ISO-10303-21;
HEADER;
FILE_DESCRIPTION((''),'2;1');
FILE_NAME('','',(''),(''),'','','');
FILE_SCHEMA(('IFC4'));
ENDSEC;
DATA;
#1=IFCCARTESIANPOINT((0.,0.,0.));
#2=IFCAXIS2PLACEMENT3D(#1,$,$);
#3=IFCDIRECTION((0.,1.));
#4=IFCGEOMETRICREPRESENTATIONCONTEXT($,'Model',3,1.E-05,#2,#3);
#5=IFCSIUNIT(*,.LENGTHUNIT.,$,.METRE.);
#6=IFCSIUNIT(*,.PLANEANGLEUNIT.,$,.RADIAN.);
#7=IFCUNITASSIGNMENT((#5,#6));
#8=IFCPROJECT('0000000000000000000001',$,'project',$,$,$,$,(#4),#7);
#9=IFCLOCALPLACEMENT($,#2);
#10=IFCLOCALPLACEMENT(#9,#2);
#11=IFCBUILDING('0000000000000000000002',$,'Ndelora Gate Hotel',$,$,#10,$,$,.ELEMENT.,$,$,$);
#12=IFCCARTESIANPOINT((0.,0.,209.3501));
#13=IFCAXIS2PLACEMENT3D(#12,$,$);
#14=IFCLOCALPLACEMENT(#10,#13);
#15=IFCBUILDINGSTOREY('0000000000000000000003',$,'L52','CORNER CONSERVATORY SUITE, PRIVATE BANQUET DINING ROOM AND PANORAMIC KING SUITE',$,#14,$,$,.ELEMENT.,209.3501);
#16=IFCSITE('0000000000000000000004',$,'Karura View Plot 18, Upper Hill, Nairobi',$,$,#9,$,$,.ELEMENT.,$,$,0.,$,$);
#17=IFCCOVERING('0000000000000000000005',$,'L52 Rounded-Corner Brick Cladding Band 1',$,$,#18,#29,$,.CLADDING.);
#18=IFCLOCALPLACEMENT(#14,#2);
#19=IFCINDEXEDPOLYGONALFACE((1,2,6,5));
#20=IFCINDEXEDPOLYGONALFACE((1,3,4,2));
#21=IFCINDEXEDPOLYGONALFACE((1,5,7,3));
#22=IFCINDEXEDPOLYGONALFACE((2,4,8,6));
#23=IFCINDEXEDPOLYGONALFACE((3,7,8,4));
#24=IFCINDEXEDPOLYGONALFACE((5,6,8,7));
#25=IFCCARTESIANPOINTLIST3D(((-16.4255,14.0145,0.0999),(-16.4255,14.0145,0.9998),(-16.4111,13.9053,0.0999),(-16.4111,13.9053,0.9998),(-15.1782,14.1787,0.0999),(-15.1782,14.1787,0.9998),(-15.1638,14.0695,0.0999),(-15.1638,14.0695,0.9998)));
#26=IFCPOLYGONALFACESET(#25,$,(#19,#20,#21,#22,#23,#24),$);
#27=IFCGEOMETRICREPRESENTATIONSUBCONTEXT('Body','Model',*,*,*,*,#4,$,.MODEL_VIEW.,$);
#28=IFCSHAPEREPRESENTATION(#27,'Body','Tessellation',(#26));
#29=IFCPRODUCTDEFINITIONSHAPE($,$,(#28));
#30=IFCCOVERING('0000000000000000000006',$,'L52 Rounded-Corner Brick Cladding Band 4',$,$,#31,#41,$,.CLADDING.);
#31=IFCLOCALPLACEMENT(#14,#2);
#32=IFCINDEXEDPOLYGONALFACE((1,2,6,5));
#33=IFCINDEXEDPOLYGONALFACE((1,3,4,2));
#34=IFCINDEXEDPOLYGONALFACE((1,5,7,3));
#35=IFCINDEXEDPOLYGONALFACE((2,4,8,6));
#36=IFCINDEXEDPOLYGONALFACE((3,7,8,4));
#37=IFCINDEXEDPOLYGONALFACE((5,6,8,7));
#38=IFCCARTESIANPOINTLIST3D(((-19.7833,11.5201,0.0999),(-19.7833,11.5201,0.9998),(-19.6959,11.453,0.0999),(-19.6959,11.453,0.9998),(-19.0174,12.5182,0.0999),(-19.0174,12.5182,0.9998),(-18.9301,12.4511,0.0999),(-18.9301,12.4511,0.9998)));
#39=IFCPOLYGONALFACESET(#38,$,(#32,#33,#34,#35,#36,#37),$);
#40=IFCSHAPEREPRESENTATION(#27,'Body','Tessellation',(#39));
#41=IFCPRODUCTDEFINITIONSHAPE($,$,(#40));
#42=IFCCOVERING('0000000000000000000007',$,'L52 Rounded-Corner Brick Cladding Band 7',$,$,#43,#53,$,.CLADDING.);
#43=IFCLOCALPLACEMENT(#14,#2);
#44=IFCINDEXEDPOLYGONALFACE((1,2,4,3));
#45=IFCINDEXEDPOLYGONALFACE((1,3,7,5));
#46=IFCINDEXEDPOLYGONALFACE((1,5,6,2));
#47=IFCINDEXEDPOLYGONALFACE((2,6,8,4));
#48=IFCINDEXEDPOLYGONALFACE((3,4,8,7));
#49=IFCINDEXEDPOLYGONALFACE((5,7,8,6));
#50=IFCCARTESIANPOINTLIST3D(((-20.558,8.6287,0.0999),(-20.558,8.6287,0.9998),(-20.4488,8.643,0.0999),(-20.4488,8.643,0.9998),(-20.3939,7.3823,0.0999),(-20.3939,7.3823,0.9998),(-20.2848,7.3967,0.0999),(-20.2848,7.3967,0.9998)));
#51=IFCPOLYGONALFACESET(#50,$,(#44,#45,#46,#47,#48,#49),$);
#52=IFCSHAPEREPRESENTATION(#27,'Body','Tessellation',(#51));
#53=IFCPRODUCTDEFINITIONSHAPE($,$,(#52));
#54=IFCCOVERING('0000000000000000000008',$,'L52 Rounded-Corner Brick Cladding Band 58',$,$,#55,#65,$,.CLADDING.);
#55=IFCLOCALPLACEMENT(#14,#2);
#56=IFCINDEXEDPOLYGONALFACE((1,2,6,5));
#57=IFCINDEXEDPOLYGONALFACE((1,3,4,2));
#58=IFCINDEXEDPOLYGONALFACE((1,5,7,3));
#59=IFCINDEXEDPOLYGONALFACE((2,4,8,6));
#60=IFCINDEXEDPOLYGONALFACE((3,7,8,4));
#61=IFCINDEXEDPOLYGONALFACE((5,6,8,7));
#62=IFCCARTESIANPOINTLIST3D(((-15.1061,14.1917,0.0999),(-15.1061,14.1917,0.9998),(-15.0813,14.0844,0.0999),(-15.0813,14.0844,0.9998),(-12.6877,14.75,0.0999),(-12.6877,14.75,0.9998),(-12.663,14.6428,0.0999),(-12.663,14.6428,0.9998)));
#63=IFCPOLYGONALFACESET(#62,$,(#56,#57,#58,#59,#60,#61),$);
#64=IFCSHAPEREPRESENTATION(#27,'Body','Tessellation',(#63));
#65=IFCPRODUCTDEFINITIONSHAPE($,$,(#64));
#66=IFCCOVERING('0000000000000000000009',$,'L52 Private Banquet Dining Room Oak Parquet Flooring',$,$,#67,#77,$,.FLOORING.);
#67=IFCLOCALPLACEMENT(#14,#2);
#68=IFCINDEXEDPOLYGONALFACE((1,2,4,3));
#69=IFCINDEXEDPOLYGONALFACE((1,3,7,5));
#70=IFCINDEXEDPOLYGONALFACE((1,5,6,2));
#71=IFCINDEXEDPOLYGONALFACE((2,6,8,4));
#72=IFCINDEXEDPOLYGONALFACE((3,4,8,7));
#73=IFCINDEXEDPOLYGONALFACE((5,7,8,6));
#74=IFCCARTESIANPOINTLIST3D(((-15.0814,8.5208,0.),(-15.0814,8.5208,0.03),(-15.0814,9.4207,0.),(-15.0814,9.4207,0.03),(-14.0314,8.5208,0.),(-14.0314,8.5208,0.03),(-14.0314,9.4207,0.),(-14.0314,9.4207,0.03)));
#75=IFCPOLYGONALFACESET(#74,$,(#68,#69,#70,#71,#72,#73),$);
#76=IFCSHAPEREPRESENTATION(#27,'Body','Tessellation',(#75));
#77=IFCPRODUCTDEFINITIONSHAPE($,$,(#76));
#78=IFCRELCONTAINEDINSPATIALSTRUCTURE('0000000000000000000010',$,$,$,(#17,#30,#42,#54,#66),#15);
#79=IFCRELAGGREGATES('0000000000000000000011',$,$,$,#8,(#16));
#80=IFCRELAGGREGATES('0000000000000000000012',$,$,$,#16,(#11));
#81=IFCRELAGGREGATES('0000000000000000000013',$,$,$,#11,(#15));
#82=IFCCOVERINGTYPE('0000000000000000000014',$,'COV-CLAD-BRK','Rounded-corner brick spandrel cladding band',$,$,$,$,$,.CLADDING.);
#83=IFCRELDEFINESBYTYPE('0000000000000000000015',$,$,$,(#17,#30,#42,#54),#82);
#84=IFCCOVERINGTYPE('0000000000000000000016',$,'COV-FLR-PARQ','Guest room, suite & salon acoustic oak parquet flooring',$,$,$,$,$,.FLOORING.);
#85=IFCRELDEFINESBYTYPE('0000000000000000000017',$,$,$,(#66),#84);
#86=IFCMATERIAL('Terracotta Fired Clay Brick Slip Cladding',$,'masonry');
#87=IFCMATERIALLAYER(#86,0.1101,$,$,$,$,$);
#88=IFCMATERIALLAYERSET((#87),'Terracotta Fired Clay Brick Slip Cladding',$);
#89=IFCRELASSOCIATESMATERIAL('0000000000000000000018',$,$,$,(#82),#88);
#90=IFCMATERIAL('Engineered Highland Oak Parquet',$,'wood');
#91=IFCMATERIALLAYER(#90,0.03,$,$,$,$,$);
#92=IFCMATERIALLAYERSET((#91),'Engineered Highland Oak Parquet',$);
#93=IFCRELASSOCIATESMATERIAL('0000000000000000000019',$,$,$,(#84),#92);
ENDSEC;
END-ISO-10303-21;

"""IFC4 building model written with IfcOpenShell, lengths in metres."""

from ifc_helpers import new_model, si_unit, direction, frame, origin, origin_2d, place, context, subcontext, project, spatial, rectangle, extrude, material, layer, layer_set, type_object, element, save


model = new_model("IFC4")

# Units and contexts
model_context = context("Model", 3, precision=1e-05, world=origin(), true_north=direction((0.0, 1.0)))
body_context = subcontext(model_context, "Body", "Model", "MODEL_VIEW")
ifc_project = project(units=[si_unit("LENGTHUNIT", "METRE"), si_unit("PLANEANGLEUNIT", "RADIAN")], contexts=[model_context])

# Site, building, storey
site_placement = place(None, origin())
site = spatial("IfcSite", under=ifc_project, at=site_placement, Name="Karura View Plot 18, Upper Hill, Nairobi", CompositionType="ELEMENT", RefElevation=0.0)
building_placement = place(site_placement, origin())
building = spatial("IfcBuilding", under=site, at=building_placement, Name="Ndelora Gate Hotel", CompositionType="ELEMENT")
storey_placement = place(building_placement, frame((0.0, 0.0, 209.3501)))
storey = spatial("IfcBuildingStorey", under=building, at=storey_placement, Name="L52", Description="CORNER CONSERVATORY SUITE, PRIVATE BANQUET DINING ROOM AND PANORAMIC KING SUITE", CompositionType="ELEMENT", Elevation=209.3501)

# Coverings
ifc_material_1 = material(Name="Terracotta Fired Clay Brick Slip Cladding", Category="masonry")
ifc_layer_1 = layer(ifc_material_1, 0.1101)
ifc_layer_set_1 = layer_set([ifc_layer_1], Name="Terracotta Fired Clay Brick Slip Cladding")
covering_type_1 = type_object("IfcCoveringType", Name="COV-CLAD-BRK", Description="Rounded-corner brick spandrel cladding band", PredefinedType="CLADDING", material=ifc_layer_set_1)
for number, where, z_axis, x_axis, name in (
    (1, (-15.7947, 14.042, 0.0999), (0.0, 0.0, 1.0), (0.991445, 0.130526, 0.0), "L52 Rounded-Corner Brick Cladding Band 1"),
    (2, (-19.3567, 11.9856, 0.0999), (0.0, 0.0, 1.0), (0.608761, 0.793353, 0.0), "L52 Rounded-Corner Brick Cladding Band 4"),
):
    element("IfcCovering", number, at=place(storey_placement, frame(where, z_axis=z_axis, x_axis=x_axis)), inside=storey, type_object=covering_type_1, Name=name, PredefinedType="CLADDING", context=body_context, shape_type="SweptSolid", body=[
        extrude(rectangle(XDim=1.2581, YDim=0.1101, at=origin_2d()), origin(), (0.0, 0.0, 1.0), 0.8999),
    ])
covering_1_placement = place(storey_placement, frame((-20.4214, 8.0127, 0.0999), z_axis=(0.0, 0.0, 1.0), x_axis=(-0.130526, 0.991445, 0.0)))
element("IfcCovering", 3, at=covering_1_placement, inside=storey, type_object=covering_type_1, Name="L52 Rounded-Corner Brick Cladding Band 7", PredefinedType="CLADDING", context=body_context, shape_type="SweptSolid", body=[
    extrude(rectangle(XDim=1.2571, YDim=0.1101, at=origin_2d()), origin(), (0.0, 0.0, 1.0), 0.8999),
])
covering_2_placement = place(storey_placement, frame((-13.8845, 14.4172, 0.0999), z_axis=(0.0, 0.0, 1.0), x_axis=(0.97437, 0.224951, 0.0)))
element("IfcCovering", 4, at=covering_2_placement, inside=storey, type_object=covering_type_1, Name="L52 Rounded-Corner Brick Cladding Band 58", PredefinedType="CLADDING", context=body_context, shape_type="SweptSolid", body=[
    extrude(rectangle(XDim=2.4819, YDim=0.1101, at=origin_2d()), origin(), (0.0, 0.0, 1.0), 0.8999),
])
ifc_material_2 = material(Name="Engineered Highland Oak Parquet", Category="wood")
ifc_layer_2 = layer(ifc_material_2, 0.03)
ifc_layer_set_2 = layer_set([ifc_layer_2], Name="Engineered Highland Oak Parquet")
covering_type_2 = type_object("IfcCoveringType", Name="COV-FLR-PARQ", Description="Guest room, suite & salon acoustic oak parquet flooring", PredefinedType="FLOORING", material=ifc_layer_set_2)
covering_3_placement = place(storey_placement, frame((-14.5564, 8.9707, 0.0), z_axis=(0.0, 0.0, 1.0), x_axis=(1.0, 0.0, 0.0)))
element("IfcCovering", 5, at=covering_3_placement, inside=storey, type_object=covering_type_2, Name="L52 Private Banquet Dining Room Oak Parquet Flooring", PredefinedType="FLOORING", context=body_context, shape_type="SweptSolid", body=[
    extrude(rectangle(XDim=1.05, YDim=0.8999, at=origin_2d()), origin(), (0.0, 0.0, 1.0), 0.03),
])

save(model, "model.ifc")
